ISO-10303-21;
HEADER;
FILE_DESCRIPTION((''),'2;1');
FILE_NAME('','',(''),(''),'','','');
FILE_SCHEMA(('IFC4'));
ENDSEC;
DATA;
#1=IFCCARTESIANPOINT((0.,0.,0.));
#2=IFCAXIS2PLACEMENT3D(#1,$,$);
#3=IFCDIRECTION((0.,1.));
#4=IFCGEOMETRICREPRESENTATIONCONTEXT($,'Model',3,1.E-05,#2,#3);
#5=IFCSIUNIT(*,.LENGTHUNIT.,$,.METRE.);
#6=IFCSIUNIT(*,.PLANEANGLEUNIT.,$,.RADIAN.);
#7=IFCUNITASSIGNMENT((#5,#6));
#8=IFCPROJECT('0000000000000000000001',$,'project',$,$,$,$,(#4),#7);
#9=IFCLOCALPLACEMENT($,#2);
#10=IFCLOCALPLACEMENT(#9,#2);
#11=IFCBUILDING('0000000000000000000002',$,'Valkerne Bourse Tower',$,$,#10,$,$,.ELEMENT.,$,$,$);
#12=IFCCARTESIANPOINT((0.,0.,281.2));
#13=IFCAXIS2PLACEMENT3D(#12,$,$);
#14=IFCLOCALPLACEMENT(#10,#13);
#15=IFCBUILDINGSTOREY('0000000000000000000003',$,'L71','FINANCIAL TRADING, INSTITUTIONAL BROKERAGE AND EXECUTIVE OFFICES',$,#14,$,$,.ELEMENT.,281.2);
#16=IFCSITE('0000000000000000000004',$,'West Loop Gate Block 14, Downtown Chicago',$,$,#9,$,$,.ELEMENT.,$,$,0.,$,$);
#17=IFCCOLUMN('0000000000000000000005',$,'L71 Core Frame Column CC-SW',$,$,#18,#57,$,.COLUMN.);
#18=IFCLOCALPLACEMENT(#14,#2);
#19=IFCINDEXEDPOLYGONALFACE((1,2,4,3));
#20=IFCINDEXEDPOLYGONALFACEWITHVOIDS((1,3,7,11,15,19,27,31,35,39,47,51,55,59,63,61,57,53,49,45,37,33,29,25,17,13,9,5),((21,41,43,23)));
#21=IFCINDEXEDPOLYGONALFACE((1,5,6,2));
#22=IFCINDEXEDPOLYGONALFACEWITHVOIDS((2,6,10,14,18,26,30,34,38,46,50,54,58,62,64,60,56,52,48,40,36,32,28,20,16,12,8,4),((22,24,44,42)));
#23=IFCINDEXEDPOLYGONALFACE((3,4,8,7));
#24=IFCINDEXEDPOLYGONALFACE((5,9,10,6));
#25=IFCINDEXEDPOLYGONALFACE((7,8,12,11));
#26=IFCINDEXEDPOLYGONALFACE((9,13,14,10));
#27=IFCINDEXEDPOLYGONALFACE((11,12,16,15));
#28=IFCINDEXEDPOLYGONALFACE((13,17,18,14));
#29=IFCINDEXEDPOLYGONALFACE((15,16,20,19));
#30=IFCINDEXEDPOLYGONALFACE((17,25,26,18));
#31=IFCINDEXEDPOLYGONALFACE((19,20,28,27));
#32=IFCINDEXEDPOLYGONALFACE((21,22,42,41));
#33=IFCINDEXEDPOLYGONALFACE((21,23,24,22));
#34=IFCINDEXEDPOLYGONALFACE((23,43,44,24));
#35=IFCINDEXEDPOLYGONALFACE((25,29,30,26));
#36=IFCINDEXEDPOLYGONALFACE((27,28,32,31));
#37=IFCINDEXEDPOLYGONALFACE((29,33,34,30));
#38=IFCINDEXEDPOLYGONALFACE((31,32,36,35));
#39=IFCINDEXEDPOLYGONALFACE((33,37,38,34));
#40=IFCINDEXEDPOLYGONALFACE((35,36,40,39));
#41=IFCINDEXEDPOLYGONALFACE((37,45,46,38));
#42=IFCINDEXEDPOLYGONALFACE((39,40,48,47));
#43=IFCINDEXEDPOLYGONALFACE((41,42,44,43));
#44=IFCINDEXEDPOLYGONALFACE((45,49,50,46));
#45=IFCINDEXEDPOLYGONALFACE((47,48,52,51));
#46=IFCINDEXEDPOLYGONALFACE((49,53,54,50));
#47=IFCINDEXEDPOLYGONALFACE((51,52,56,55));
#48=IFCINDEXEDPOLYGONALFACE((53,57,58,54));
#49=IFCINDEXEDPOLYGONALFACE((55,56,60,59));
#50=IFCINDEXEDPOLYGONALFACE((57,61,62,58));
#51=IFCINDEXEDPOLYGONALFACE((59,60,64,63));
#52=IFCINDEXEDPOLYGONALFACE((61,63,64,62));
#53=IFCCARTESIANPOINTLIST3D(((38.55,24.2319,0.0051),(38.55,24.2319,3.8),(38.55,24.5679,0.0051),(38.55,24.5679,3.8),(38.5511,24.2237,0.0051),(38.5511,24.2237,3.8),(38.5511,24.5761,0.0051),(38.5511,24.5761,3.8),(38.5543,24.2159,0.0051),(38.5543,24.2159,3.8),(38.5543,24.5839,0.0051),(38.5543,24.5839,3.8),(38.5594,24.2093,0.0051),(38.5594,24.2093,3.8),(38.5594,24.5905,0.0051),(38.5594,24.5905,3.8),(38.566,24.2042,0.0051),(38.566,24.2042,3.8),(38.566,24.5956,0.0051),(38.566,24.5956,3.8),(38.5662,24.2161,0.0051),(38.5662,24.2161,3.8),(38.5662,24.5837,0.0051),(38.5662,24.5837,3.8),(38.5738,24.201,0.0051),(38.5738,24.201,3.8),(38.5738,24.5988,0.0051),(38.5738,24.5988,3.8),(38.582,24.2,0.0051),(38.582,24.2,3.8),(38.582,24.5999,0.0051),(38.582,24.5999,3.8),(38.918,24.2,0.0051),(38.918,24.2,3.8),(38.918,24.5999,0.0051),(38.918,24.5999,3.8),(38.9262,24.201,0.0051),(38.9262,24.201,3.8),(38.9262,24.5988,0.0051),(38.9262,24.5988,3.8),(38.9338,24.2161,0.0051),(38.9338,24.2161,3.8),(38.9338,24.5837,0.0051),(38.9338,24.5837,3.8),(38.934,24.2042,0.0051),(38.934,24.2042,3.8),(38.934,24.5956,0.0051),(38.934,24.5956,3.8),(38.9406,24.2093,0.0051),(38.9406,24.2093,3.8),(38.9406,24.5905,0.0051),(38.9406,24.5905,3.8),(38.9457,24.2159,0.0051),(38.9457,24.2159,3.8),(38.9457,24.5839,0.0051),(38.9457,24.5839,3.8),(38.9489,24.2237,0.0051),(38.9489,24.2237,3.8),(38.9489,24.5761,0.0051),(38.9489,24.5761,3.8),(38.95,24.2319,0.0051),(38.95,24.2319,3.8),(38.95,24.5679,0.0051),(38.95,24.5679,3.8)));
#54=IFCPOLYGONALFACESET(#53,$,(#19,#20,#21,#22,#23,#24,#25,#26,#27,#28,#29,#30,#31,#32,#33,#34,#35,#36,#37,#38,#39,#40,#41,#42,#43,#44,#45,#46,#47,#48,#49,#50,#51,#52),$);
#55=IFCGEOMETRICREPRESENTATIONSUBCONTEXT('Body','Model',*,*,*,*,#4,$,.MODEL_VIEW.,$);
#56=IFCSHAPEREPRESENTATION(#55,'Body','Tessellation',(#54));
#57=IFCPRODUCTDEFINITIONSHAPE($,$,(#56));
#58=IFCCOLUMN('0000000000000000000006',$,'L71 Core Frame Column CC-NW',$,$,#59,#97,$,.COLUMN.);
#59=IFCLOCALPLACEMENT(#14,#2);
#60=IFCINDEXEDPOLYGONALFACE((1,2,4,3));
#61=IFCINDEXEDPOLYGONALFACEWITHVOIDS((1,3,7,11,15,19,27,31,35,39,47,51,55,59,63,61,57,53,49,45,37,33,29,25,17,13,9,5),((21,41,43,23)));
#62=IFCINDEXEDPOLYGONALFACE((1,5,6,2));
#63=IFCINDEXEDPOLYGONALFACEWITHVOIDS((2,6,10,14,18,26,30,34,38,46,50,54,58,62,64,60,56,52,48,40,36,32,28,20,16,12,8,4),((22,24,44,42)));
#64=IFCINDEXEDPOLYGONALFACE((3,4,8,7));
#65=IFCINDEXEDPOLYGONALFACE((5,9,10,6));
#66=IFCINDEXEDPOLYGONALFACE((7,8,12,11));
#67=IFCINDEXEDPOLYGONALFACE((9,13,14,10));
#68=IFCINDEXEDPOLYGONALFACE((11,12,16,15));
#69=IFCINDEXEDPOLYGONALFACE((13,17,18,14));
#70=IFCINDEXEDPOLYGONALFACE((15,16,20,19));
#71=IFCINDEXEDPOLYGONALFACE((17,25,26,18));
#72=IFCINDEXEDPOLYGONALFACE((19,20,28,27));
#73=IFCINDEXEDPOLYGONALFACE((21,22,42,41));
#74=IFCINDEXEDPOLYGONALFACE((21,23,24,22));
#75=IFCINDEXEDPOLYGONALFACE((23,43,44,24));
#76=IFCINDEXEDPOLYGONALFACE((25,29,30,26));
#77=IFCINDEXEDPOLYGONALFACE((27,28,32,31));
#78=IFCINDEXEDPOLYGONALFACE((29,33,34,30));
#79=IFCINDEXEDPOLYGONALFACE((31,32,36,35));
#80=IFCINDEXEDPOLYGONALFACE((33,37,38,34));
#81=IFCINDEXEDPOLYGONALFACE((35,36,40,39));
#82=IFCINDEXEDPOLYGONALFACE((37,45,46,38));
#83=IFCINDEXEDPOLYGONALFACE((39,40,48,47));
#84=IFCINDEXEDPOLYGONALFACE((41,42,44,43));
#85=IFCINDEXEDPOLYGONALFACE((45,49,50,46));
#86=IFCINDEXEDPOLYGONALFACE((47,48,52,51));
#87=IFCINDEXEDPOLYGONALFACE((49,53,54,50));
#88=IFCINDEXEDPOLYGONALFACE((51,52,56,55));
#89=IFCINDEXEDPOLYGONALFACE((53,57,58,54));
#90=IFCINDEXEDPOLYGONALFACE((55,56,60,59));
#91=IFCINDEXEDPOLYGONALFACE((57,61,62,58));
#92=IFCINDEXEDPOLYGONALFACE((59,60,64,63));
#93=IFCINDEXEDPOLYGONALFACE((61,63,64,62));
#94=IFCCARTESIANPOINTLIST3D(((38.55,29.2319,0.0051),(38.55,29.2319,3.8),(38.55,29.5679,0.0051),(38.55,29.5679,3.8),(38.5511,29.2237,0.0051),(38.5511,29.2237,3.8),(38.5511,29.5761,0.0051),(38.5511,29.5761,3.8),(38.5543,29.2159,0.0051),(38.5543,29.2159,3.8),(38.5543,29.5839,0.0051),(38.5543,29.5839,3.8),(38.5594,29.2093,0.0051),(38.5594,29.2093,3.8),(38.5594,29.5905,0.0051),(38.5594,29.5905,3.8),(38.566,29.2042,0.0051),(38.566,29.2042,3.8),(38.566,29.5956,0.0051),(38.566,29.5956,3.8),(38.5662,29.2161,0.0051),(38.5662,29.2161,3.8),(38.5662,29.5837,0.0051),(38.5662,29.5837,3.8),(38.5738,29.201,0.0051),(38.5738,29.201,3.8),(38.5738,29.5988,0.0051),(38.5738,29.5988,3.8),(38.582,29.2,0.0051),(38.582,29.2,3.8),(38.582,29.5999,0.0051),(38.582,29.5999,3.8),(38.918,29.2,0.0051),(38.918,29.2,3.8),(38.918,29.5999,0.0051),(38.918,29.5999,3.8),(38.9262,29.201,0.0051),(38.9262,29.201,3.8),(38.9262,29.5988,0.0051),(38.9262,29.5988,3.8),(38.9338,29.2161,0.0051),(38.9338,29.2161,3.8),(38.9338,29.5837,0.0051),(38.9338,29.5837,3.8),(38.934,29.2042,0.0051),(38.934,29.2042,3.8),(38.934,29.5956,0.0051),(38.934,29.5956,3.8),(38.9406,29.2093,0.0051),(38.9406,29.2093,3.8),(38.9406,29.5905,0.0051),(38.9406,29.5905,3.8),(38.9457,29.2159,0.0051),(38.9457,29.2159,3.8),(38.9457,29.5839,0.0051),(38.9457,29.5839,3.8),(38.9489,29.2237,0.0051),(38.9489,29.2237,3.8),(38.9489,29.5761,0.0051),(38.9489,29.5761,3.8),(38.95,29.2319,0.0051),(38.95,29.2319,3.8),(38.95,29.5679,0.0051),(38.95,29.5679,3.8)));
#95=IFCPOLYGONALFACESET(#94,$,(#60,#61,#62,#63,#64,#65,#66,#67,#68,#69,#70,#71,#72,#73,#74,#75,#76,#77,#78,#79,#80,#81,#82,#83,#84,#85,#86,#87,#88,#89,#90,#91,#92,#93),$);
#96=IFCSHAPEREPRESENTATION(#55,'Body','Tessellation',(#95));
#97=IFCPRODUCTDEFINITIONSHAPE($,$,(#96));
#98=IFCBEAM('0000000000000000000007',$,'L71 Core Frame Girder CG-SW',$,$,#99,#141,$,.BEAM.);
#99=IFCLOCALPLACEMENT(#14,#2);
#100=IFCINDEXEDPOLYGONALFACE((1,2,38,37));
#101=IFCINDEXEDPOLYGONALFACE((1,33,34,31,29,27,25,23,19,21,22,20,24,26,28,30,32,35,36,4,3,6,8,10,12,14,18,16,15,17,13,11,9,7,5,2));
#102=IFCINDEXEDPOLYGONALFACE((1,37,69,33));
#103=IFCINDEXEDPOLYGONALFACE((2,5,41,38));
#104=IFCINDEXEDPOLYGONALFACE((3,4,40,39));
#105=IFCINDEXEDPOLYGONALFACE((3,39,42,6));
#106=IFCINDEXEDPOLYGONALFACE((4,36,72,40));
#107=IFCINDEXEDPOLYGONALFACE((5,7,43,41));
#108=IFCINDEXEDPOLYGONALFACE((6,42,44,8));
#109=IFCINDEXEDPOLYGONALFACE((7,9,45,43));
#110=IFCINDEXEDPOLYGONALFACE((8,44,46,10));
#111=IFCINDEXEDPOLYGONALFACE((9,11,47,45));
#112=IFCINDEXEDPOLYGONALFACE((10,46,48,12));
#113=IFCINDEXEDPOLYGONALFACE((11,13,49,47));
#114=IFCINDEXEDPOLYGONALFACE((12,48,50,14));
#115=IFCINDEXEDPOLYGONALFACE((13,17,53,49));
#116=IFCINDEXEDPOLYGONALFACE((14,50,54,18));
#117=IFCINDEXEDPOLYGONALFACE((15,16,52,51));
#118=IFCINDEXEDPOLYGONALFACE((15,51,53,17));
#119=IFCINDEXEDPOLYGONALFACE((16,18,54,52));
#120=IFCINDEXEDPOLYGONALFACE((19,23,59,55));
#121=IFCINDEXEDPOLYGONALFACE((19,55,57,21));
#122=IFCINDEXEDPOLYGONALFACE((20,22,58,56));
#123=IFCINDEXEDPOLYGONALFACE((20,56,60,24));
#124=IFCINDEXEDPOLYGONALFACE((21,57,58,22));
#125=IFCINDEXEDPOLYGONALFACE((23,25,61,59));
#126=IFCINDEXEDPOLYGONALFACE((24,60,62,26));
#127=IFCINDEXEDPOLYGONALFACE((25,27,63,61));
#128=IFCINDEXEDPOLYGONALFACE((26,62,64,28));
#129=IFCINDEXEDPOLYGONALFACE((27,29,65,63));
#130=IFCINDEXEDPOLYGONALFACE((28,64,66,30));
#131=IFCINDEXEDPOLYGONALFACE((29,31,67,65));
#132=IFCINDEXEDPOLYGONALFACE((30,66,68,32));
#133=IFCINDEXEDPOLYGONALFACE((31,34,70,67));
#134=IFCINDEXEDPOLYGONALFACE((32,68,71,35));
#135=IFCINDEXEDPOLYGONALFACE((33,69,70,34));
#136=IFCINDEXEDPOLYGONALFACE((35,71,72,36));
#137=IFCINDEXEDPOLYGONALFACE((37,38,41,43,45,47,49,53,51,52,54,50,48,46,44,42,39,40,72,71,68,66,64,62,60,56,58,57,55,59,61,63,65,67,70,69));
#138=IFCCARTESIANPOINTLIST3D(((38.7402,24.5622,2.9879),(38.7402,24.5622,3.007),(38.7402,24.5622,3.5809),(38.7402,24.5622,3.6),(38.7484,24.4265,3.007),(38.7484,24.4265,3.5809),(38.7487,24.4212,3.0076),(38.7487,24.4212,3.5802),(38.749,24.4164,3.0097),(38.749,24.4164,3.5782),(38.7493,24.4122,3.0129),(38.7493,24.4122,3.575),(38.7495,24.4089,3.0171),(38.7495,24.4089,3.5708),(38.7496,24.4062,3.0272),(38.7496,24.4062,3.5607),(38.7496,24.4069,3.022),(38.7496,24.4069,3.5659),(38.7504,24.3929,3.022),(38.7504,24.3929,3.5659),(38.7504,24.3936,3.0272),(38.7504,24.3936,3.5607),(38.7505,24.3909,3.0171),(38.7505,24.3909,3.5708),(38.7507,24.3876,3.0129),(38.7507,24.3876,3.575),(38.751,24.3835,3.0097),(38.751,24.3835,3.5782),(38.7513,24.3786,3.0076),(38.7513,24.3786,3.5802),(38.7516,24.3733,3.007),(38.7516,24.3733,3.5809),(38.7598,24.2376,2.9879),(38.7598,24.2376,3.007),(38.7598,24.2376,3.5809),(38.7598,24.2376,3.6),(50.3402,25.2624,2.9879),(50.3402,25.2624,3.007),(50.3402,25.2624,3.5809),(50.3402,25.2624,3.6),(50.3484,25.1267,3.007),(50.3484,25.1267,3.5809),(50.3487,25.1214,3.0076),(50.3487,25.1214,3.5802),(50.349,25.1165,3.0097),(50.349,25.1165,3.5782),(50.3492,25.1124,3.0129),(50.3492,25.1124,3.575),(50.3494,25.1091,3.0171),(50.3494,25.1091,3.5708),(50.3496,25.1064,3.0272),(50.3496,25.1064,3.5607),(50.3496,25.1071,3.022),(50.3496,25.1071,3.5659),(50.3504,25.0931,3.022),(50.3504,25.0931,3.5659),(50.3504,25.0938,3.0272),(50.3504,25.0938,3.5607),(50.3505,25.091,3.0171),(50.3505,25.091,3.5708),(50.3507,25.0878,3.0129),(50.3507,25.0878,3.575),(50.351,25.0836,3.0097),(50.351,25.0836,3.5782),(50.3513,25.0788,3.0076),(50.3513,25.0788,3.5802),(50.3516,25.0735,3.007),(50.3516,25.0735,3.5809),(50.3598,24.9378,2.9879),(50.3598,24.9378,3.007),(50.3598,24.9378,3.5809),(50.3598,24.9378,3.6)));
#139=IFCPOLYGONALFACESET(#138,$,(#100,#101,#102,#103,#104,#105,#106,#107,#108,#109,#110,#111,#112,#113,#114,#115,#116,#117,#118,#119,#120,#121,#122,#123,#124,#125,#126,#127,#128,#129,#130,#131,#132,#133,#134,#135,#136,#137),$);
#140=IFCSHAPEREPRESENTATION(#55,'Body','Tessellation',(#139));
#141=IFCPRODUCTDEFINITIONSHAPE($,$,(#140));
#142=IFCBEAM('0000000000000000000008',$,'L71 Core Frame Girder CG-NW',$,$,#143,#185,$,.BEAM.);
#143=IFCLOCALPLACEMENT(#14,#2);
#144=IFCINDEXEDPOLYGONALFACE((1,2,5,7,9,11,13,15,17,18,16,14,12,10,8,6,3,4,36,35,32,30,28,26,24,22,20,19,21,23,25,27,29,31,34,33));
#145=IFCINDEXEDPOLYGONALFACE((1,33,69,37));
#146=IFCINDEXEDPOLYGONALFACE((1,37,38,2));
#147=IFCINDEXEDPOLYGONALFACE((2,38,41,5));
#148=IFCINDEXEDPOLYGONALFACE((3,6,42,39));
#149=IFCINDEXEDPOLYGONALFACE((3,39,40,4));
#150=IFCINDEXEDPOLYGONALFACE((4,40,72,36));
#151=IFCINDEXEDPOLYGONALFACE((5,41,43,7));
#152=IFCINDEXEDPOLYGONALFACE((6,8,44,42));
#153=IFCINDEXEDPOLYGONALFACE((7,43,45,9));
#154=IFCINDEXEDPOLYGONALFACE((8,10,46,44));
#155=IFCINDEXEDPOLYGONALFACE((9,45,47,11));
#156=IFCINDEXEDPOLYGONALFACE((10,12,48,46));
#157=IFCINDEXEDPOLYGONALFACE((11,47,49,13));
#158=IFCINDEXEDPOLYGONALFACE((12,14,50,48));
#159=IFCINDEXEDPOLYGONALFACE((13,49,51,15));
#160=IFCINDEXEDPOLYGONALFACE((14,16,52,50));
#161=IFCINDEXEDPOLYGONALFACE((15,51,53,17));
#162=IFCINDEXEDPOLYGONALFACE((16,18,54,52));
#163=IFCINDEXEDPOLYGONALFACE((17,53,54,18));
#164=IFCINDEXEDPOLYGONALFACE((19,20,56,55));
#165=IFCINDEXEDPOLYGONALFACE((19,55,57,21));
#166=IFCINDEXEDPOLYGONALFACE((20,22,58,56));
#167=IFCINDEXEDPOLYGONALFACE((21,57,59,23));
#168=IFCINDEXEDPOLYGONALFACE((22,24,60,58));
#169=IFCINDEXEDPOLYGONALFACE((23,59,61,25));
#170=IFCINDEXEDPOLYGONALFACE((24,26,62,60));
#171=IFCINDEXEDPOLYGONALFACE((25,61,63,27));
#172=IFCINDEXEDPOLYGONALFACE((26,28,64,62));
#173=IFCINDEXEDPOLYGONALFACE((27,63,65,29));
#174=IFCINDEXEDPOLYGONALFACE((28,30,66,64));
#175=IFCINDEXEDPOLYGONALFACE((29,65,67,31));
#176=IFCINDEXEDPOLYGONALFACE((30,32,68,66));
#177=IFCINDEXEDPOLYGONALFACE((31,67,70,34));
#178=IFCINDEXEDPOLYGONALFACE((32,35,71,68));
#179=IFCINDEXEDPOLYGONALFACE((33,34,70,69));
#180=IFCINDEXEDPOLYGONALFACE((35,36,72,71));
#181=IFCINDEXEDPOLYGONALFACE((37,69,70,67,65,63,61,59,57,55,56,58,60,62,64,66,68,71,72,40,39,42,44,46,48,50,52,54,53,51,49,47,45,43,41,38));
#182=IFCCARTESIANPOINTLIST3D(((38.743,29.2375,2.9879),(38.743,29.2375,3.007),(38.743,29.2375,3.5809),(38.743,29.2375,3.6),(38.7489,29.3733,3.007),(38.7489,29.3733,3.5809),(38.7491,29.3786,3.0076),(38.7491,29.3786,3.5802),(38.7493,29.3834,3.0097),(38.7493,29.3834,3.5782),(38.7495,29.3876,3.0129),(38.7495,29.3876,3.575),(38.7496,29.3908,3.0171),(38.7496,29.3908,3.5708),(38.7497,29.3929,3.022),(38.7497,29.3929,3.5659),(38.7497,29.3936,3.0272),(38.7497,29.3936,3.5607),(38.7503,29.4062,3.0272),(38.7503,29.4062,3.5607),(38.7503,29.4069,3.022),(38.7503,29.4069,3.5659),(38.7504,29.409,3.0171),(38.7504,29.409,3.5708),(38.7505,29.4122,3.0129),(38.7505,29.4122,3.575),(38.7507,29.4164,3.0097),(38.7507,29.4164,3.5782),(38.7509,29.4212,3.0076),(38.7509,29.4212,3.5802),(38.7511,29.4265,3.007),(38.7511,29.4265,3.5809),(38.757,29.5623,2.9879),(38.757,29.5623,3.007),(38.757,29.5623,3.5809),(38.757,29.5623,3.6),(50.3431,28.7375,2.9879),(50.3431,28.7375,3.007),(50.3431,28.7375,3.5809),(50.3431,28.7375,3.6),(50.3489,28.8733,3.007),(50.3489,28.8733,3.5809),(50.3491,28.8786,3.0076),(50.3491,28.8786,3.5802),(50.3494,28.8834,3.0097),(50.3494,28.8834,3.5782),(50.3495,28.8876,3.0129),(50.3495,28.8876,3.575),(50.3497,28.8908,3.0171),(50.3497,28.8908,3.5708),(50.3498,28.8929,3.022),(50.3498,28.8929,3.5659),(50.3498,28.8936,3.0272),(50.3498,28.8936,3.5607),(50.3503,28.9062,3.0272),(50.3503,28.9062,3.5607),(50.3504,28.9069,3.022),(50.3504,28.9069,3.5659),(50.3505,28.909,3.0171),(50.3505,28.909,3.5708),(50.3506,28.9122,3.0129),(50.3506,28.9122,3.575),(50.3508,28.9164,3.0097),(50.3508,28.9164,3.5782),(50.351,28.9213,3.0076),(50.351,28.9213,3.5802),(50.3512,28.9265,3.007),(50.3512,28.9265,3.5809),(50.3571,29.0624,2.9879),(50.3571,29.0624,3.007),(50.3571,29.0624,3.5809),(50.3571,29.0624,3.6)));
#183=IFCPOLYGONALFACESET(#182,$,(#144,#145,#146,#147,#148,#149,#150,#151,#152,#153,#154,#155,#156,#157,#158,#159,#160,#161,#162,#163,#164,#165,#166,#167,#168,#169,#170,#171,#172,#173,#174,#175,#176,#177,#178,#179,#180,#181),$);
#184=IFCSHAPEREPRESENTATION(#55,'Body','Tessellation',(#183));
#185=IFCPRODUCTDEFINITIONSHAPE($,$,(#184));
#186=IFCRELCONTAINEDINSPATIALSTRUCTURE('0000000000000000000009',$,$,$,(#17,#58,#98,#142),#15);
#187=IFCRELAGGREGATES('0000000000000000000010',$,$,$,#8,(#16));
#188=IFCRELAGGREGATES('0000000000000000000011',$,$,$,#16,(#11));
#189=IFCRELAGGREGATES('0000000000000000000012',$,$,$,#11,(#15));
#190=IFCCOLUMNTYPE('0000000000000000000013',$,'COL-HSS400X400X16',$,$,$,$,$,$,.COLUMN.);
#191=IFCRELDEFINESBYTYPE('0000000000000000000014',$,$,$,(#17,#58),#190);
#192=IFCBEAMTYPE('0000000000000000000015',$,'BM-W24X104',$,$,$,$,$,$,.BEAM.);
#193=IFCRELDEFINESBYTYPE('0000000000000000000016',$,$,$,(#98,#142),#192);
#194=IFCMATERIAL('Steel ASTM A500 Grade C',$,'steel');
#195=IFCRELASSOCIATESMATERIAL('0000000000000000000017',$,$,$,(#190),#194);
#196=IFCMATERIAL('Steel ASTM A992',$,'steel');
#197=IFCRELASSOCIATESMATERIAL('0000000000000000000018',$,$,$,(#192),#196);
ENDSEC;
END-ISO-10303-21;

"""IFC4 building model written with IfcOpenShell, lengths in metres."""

from ifc_helpers import new_model, si_unit, direction, frame, origin, origin_2d, place, context, subcontext, project, spatial, hollow_rectangle, i_section, extrude, material, material_profile, profile_set, type_object, element, save


model = new_model("IFC4")

# Units and contexts
model_context = context("Model", 3, precision=1e-05, world=origin(), true_north=direction((0.0, 1.0)))
body_context = subcontext(model_context, "Body", "Model", "MODEL_VIEW")
ifc_project = project(units=[si_unit("LENGTHUNIT", "METRE"), si_unit("PLANEANGLEUNIT", "RADIAN")], contexts=[model_context])

# Site, building, storey
site_placement = place(None, origin())
site = spatial("IfcSite", under=ifc_project, at=site_placement, Name="West Loop Gate Block 14, Downtown Chicago", CompositionType="ELEMENT", RefElevation=0.0)
building_placement = place(site_placement, origin())
building = spatial("IfcBuilding", under=site, at=building_placement, Name="Valkerne Bourse Tower", CompositionType="ELEMENT")
storey_placement = place(building_placement, frame((0.0, 0.0, 281.2)))
storey = spatial("IfcBuildingStorey", under=building, at=storey_placement, Name="L71", Description="FINANCIAL TRADING, INSTITUTIONAL BROKERAGE AND EXECUTIVE OFFICES", CompositionType="ELEMENT", Elevation=281.2)

# Columns
ifc_material_1 = material(Name="Steel ASTM A500 Grade C", Category="steel")
ifc_material_profile_1 = material_profile(ifc_material_1, hollow_rectangle(XDim=0.3999, YDim=0.3999, WallThickness=0.0161, OuterFilletRadius=0.032, at=origin_2d()), Name="HSS400X400X16")
ifc_profile_set_1 = profile_set([ifc_material_profile_1], Name="Steel ASTM A500 Grade C")
column_type = type_object("IfcColumnType", Name="COL-HSS400X400X16", PredefinedType="COLUMN", material=ifc_profile_set_1)
for number, where, z_axis, x_axis, name in (
    (1, (38.75, 24.3999, 0.0051), (0.0, 0.0, 1.0), (1.0, 0.0, 0.0), "L71 Core Frame Column CC-SW"),
    (2, (38.75, 29.3999, 0.0051), (0.0, 0.0, 1.0), (1.0, 0.0, 0.0), "L71 Core Frame Column CC-NW"),
):
    element("IfcColumn", number, at=place(storey_placement, frame(where, z_axis=z_axis, x_axis=x_axis)), inside=storey, type_object=column_type, Name=name, PredefinedType="COLUMN", context=body_context, shape_type="SweptSolid", body=[
        extrude(hollow_rectangle(XDim=0.3999, YDim=0.3999, WallThickness=0.0161, OuterFilletRadius=0.032, at=origin_2d()), origin(), (0.0, 0.0, 1.0), 3.7949),
    ])

# Beams
ifc_material_2 = material(Name="Steel ASTM A992", Category="steel")
ifc_material_profile_2 = material_profile(ifc_material_2, i_section(OverallWidth=0.3252, OverallDepth=0.6121, WebThickness=0.0127, FlangeThickness=0.019, FilletRadius=0.0203, at=origin_2d()), Name="W24X104")
ifc_profile_set_2 = profile_set([ifc_material_profile_2], Name="Steel ASTM A992")
beam_type = type_object("IfcBeamType", Name="BM-W24X104", PredefinedType="BEAM", material=ifc_profile_set_2)
beam_1_placement = place(storey_placement, frame((38.75, 24.3999, 3.2939), z_axis=(0.998183, 0.060251, 0.0), x_axis=(-0.060251, 0.998183, 0.0)))
element("IfcBeam", 3, at=beam_1_placement, inside=storey, type_object=beam_type, Name="L71 Core Frame Girder CG-SW", PredefinedType="BEAM", context=body_context, shape_type="SweptSolid", body=[
    extrude(i_section(OverallWidth=0.3252, OverallDepth=0.6121, WebThickness=0.0127, FlangeThickness=0.019, FilletRadius=0.0203, at=origin_2d()), origin(), (0.0, 0.0, 1.0), 11.6211),
])
beam_2_placement = place(storey_placement, frame((38.75, 29.3999, 3.2939), z_axis=(0.999072, -0.043063, 0.0), x_axis=(0.043063, 0.999072, 0.0)))
element("IfcBeam", 4, at=beam_2_placement, inside=storey, type_object=beam_type, Name="L71 Core Frame Girder CG-NW", PredefinedType="BEAM", context=body_context, shape_type="SweptSolid", body=[
    extrude(i_section(OverallWidth=0.3252, OverallDepth=0.6121, WebThickness=0.0127, FlangeThickness=0.019, FilletRadius=0.0203, at=origin_2d()), origin(), (0.0, 0.0, 1.0), 11.6108),
])

save(model, "model.ifc")
